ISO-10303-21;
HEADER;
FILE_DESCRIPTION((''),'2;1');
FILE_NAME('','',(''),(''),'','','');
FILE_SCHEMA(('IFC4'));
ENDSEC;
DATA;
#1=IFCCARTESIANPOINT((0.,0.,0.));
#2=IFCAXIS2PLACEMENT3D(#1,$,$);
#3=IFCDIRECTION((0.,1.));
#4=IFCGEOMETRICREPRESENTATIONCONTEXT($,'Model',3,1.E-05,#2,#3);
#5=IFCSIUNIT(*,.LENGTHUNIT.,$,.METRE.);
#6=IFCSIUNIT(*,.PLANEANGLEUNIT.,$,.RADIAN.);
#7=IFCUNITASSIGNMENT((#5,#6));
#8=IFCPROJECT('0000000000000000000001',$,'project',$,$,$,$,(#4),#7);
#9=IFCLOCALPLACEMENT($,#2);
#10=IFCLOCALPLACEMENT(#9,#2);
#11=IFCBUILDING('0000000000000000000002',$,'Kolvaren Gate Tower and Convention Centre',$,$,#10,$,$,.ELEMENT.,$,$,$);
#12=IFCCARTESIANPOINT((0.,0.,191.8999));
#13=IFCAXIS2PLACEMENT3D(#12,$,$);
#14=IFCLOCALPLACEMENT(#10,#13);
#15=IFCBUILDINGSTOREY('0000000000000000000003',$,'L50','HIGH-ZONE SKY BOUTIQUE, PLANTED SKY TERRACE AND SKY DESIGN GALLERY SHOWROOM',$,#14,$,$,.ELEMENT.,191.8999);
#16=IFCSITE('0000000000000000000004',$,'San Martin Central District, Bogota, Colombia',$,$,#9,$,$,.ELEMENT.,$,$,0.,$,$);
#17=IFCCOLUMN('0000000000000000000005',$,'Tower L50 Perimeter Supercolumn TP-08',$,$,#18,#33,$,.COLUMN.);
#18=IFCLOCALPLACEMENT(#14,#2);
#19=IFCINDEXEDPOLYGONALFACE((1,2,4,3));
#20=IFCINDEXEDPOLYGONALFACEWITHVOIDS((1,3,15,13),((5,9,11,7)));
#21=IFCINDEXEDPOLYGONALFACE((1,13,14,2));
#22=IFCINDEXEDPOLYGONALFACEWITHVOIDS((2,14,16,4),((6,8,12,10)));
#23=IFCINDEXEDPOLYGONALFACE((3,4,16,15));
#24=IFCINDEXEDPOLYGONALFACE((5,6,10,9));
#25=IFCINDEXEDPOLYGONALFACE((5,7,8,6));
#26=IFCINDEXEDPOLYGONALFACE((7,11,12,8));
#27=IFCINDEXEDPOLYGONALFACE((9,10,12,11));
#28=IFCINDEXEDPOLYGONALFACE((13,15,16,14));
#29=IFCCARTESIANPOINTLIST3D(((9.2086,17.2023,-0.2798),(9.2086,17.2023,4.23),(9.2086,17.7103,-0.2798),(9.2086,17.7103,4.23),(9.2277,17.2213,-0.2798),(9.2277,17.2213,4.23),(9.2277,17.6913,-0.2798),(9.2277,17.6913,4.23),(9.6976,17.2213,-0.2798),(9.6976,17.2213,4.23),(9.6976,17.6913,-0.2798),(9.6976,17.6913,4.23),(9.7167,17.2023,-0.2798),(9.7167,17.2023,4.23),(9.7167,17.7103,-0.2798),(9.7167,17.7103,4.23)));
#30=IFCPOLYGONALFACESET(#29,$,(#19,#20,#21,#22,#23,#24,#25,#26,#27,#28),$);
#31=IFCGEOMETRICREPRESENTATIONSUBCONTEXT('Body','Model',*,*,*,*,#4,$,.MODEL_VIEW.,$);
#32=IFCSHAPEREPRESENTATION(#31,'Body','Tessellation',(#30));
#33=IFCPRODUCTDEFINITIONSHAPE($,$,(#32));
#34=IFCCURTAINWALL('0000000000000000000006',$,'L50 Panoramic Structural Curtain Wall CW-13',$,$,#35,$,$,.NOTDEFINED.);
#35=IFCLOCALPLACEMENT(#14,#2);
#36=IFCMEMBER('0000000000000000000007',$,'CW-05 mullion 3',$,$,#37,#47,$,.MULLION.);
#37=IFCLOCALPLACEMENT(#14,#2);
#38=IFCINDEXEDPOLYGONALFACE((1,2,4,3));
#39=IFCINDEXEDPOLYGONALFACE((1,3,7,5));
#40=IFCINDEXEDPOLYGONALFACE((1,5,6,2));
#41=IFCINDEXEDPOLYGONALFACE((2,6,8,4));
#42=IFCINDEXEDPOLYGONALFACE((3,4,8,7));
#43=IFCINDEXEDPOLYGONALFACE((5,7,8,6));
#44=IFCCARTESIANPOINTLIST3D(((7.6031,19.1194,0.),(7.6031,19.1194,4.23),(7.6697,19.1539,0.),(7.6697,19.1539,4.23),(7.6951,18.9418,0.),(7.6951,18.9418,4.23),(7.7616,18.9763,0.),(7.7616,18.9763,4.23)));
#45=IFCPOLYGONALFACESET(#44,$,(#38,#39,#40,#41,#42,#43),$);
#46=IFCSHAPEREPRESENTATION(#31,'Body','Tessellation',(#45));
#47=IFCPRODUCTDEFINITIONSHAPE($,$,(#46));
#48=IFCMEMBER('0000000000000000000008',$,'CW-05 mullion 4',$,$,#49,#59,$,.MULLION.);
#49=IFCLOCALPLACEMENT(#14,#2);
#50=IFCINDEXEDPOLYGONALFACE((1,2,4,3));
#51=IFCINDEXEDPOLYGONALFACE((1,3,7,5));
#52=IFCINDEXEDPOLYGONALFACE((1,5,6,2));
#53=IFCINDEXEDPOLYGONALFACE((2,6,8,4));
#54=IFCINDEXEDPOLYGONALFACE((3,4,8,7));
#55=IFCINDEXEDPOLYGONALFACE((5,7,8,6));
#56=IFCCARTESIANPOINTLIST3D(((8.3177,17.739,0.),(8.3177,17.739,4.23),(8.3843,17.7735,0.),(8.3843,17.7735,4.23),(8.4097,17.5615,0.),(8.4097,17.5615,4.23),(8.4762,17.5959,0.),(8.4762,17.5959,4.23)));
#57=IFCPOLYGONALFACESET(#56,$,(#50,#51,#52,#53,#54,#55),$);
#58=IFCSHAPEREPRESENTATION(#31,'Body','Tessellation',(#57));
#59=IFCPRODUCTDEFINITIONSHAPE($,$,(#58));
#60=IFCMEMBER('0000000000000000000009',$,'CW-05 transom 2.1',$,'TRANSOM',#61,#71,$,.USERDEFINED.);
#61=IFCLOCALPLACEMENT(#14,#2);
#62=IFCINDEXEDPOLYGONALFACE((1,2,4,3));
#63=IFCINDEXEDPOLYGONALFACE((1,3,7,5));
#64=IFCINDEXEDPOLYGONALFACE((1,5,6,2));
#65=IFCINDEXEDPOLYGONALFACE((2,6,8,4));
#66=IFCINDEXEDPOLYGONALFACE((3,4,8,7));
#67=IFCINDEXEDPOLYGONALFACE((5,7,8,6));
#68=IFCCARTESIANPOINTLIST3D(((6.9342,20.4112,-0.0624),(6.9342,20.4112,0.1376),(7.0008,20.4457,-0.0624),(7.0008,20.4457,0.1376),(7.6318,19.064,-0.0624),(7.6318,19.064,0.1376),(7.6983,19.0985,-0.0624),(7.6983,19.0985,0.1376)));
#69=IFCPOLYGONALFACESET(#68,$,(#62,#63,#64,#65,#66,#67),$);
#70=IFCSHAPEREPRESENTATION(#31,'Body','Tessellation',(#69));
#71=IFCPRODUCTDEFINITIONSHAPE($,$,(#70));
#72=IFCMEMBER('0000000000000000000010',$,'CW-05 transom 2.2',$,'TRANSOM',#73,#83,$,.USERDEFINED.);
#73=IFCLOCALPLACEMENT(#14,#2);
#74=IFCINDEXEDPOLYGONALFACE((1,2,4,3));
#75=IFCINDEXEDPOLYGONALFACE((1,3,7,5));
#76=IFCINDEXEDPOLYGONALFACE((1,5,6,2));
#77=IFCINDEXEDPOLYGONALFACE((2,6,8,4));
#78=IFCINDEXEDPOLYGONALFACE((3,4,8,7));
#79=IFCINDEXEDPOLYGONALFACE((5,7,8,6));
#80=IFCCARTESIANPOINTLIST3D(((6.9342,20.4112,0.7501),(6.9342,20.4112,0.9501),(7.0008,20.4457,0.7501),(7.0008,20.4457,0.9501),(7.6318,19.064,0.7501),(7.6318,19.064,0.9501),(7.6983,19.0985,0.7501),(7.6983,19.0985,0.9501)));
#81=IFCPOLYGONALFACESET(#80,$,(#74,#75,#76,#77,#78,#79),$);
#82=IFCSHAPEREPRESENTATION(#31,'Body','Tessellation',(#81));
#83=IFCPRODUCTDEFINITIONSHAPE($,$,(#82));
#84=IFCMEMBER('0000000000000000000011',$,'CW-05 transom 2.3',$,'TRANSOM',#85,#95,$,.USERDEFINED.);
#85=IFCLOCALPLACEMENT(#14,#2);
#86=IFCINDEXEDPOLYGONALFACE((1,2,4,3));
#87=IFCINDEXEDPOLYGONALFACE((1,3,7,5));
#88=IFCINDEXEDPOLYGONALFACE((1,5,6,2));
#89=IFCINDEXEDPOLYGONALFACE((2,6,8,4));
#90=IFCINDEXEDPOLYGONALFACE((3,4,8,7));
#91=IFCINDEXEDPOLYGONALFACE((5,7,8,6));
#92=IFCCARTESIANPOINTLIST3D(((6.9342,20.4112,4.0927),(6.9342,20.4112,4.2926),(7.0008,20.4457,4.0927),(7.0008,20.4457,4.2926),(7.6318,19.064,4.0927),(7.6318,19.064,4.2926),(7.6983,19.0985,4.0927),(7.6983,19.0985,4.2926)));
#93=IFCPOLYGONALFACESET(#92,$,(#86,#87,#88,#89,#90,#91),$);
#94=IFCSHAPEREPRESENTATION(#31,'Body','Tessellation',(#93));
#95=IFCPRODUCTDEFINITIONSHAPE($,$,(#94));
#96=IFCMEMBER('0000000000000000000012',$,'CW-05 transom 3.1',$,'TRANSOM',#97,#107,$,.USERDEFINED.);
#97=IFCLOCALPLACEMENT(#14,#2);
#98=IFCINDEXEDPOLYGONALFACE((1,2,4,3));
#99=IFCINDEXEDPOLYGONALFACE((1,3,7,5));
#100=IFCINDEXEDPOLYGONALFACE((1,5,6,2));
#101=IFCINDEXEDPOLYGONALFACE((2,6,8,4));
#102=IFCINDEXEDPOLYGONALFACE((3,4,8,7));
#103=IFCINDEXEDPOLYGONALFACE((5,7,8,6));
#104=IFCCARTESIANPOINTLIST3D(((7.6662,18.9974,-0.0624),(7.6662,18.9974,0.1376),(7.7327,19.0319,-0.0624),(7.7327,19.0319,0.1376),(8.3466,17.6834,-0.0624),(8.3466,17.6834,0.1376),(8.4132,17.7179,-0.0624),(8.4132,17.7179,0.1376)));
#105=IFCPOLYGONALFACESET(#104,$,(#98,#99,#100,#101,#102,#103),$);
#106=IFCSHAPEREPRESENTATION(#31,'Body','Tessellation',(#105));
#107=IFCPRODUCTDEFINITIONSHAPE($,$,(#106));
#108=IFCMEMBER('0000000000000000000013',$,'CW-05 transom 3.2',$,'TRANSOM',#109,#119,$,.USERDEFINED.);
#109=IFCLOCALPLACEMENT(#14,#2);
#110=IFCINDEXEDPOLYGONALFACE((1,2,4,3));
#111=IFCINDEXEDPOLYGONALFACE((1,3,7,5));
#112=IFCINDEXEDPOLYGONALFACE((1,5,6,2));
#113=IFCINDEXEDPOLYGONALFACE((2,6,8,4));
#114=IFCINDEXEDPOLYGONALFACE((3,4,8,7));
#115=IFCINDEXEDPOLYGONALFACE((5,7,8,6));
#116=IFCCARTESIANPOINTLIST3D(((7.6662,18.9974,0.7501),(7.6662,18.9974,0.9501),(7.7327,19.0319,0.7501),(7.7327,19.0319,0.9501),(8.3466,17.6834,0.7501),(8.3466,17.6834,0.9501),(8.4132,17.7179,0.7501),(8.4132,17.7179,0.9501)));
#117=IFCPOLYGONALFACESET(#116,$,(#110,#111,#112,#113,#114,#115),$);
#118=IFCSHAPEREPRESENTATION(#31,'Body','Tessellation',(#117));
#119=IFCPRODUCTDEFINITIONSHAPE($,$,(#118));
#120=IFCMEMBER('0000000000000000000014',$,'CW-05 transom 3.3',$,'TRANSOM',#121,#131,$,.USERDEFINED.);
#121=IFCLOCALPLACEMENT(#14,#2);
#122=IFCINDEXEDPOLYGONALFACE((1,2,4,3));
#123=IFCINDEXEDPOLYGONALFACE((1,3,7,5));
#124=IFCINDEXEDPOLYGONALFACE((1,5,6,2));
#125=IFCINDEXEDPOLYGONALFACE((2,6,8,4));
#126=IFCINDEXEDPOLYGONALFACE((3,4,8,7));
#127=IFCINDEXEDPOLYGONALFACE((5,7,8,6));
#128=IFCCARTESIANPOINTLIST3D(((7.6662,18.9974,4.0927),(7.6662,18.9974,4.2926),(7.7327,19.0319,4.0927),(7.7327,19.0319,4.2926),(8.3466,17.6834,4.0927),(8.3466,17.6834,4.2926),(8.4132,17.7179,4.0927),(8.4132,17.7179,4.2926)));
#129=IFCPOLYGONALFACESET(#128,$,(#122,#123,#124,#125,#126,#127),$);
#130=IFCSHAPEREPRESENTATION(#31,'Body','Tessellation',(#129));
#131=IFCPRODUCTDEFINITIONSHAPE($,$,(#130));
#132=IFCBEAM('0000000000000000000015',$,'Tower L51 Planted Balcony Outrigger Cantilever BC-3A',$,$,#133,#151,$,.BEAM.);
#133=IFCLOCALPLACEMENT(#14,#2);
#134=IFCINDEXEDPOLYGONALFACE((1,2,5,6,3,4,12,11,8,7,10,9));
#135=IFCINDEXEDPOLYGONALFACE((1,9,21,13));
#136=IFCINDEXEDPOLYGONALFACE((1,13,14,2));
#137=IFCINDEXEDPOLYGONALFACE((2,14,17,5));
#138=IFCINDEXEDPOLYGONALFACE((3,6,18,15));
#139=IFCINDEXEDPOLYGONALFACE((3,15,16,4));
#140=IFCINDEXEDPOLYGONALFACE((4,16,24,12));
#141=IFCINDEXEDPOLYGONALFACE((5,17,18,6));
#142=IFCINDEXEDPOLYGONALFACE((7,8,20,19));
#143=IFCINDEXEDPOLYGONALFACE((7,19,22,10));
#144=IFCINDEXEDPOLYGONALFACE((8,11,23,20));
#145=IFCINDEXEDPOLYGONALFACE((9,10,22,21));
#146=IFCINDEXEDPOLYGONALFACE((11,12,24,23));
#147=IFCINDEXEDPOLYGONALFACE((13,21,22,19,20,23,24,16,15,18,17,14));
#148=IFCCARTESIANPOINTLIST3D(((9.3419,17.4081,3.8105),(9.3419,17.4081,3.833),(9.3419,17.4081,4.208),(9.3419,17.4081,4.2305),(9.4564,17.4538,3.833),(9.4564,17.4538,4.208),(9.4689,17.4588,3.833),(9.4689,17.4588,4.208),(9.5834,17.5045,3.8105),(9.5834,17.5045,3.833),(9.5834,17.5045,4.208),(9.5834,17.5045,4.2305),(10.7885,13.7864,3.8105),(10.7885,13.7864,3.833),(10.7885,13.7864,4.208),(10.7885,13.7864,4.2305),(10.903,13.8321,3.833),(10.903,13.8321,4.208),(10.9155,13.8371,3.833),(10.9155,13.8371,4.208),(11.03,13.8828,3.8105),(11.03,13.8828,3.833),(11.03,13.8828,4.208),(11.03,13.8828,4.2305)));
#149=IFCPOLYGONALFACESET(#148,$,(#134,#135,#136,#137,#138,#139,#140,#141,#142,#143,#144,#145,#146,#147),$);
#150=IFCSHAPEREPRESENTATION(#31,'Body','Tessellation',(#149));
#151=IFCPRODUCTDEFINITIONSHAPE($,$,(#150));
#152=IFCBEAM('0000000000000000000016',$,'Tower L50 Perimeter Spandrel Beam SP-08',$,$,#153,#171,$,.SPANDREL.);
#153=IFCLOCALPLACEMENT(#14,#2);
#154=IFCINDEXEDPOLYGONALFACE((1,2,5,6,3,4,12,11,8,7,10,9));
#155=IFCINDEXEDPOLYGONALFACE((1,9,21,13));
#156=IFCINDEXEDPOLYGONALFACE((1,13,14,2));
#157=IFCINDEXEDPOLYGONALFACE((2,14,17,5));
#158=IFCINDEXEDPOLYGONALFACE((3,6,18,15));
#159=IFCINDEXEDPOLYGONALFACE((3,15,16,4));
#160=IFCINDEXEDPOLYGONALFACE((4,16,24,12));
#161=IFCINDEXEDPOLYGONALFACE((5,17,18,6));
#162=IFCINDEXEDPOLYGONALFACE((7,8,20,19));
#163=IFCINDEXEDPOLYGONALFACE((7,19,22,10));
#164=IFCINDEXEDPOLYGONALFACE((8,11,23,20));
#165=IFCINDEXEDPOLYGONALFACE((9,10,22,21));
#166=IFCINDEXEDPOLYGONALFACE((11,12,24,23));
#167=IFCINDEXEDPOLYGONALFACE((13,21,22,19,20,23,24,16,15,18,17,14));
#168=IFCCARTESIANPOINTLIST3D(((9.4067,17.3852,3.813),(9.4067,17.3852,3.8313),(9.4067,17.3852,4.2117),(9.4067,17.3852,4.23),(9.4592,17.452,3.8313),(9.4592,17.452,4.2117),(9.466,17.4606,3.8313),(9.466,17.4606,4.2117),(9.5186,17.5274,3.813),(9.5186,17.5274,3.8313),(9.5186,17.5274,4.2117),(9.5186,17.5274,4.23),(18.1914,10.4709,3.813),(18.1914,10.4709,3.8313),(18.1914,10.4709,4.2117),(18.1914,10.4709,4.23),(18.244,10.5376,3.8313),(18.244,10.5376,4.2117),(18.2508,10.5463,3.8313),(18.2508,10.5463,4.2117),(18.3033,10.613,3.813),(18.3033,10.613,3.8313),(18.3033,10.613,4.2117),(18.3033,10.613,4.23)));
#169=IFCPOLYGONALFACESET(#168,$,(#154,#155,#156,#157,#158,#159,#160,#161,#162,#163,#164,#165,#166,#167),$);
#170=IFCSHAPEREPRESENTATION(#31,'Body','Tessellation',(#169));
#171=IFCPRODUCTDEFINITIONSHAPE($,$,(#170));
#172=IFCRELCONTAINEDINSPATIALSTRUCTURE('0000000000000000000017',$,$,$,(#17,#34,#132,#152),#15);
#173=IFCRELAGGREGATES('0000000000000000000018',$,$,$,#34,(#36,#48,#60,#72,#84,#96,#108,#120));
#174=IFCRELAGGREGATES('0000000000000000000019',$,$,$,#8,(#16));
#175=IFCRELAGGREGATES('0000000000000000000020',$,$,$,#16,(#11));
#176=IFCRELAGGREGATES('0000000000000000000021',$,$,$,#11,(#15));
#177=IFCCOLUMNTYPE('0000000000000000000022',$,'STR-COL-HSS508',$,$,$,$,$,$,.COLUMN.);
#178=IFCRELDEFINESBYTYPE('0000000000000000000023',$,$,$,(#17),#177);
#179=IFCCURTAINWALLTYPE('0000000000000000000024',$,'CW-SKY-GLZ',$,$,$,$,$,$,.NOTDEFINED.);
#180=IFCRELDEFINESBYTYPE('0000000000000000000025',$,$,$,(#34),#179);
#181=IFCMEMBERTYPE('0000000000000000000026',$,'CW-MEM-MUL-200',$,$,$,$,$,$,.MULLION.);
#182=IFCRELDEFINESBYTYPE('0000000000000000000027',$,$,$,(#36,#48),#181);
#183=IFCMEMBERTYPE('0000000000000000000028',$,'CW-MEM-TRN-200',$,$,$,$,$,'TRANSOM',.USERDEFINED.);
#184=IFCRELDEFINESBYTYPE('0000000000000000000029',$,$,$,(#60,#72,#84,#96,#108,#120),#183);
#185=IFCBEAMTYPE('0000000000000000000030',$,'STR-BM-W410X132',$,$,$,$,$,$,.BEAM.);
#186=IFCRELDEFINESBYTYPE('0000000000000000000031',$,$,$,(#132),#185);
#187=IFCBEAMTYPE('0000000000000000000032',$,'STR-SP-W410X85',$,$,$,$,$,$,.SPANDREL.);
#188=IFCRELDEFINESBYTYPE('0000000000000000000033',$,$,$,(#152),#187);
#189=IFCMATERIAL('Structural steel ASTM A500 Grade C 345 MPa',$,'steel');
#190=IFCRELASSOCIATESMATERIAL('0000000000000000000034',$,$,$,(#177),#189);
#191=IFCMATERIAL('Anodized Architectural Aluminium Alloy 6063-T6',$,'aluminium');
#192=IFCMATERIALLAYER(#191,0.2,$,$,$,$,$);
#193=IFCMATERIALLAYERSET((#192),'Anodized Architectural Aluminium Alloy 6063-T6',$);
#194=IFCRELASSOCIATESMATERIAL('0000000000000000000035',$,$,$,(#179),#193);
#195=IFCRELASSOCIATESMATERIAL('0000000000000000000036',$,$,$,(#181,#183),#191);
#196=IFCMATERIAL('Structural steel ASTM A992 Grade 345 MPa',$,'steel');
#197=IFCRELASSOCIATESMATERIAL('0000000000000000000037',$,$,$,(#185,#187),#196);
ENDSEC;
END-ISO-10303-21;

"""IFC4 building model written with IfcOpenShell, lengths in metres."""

from ifc_helpers import new_model, si_unit, direction, frame, origin, origin_2d, place, context, subcontext, project, spatial, rectangle, hollow_rectangle, i_section, extrude, material, layer, layer_set, material_profile, profile_set, type_object, element, aggregate, save


model = new_model("IFC4")

# Units and contexts
model_context = context("Model", 3, precision=1e-05, world=origin(), true_north=direction((0.0, 1.0)))
body_context = subcontext(model_context, "Body", "Model", "MODEL_VIEW")
ifc_project = project(units=[si_unit("LENGTHUNIT", "METRE"), si_unit("PLANEANGLEUNIT", "RADIAN")], contexts=[model_context])

# Site, building, storey
site_placement = place(None, origin())
site = spatial("IfcSite", under=ifc_project, at=site_placement, Name="San Martin Central District, Bogota, Colombia", CompositionType="ELEMENT", RefElevation=0.0)
building_placement = place(site_placement, origin())
building = spatial("IfcBuilding", under=site, at=building_placement, Name="Kolvaren Gate Tower and Convention Centre", CompositionType="ELEMENT")
storey_placement = place(building_placement, frame((0.0, 0.0, 191.8999)))
storey = spatial("IfcBuildingStorey", under=building, at=storey_placement, Name="L50", Description="HIGH-ZONE SKY BOUTIQUE, PLANTED SKY TERRACE AND SKY DESIGN GALLERY SHOWROOM", CompositionType="ELEMENT", Elevation=191.8999)

# Column
ifc_material_1 = material(Name="Structural steel ASTM A500 Grade C 345 MPa", Category="steel")
ifc_material_profile_1 = material_profile(ifc_material_1, hollow_rectangle(XDim=0.5081, YDim=0.5081, WallThickness=0.019, at=origin_2d()), Name="HSS508X508X19.1")
ifc_profile_set_1 = profile_set([ifc_material_profile_1], Name="Structural steel ASTM A500 Grade C 345 MPa")
column_type = type_object("IfcColumnType", Name="STR-COL-HSS508", PredefinedType="COLUMN", material=ifc_profile_set_1)
column_placement = place(storey_placement, frame((9.4626, 17.4563, -0.2798), z_axis=(0.0, 0.0, 1.0), x_axis=(1.0, 0.0, 0.0)))
element("IfcColumn", 1, at=column_placement, inside=storey, type_object=column_type, Name="Tower L50 Perimeter Supercolumn TP-08", PredefinedType="COLUMN", context=body_context, shape_type="SweptSolid", body=[
    extrude(hollow_rectangle(XDim=0.5081, YDim=0.5081, WallThickness=0.019, at=origin_2d()), origin(), (0.0, 0.0, 1.0), 4.5098),
])

# Curtain wall, members
ifc_material_2 = material(Name="Anodized Architectural Aluminium Alloy 6063-T6", Category="aluminium")
ifc_layer_1 = layer(ifc_material_2, 0.2)
ifc_layer_set_1 = layer_set([ifc_layer_1], Name="Anodized Architectural Aluminium Alloy 6063-T6")
curtain_wall_type = type_object("IfcCurtainWallType", Name="CW-SKY-GLZ", PredefinedType="NOTDEFINED", material=ifc_layer_set_1)
curtain_wall_placement = place(storey_placement, origin())
curtain_wall = element("IfcCurtainWall", 2, at=curtain_wall_placement, inside=storey, type_object=curtain_wall_type, Name="L50 Panoramic Structural Curtain Wall CW-13", PredefinedType="NOTDEFINED")
ifc_material_profile_2 = material_profile(ifc_material_2, rectangle(XDim=0.075, YDim=0.2, at=origin_2d()), Name="CW-MEM-MUL-200")
ifc_profile_set_2 = profile_set([ifc_material_profile_2], Name="Anodized Architectural Aluminium Alloy 6063-T6")
member_type_1 = type_object("IfcMemberType", Name="CW-MEM-MUL-200", PredefinedType="MULLION", material=ifc_profile_set_2)
member_1_placement = place(storey_placement, frame((7.6824, 19.0479, 0.0), z_axis=(0.0, 0.0, 1.0), x_axis=(0.888023, 0.459799, 0.0)))
member_1 = element("IfcMember", 3, at=member_1_placement, type_object=member_type_1, Name="CW-05 mullion 3", PredefinedType="MULLION", context=body_context, shape_type="SweptSolid", body=[
    extrude(rectangle(XDim=0.075, YDim=0.2, at=origin_2d()), origin(), (0.0, 0.0, 1.0), 4.23),
])
member_2_placement = place(storey_placement, frame((8.397, 17.6675, 0.0), z_axis=(0.0, 0.0, 1.0), x_axis=(0.888023, 0.459799, 0.0)))
member_2 = element("IfcMember", 4, at=member_2_placement, type_object=member_type_1, Name="CW-05 mullion 4", PredefinedType="MULLION", context=body_context, shape_type="SweptSolid", body=[
    extrude(rectangle(XDim=0.075, YDim=0.2, at=origin_2d()), origin(), (0.0, 0.0, 1.0), 4.23),
])
ifc_material_profile_3 = material_profile(ifc_material_2, rectangle(XDim=0.075, YDim=0.2, at=origin_2d()), Name="CW-MEM-TRN-200")
ifc_profile_set_3 = profile_set([ifc_material_profile_3], Name="Anodized Architectural Aluminium Alloy 6063-T6")
member_type_2 = type_object("IfcMemberType", Name="CW-MEM-TRN-200", ElementType="TRANSOM", PredefinedType="USERDEFINED", material=ifc_profile_set_3)
member_3_placement = place(storey_placement, frame((6.9675, 20.4285, 0.0376), z_axis=(0.459786, -0.88803, 0.0), x_axis=(0.88803, 0.459786, 0.0)))
member_3 = element("IfcMember", 5, at=member_3_placement, type_object=member_type_2, Name="CW-05 transom 2.1", ObjectType="TRANSOM", PredefinedType="USERDEFINED", context=body_context, shape_type="SweptSolid", body=[
    extrude(rectangle(XDim=0.075, YDim=0.2, at=origin_2d()), origin(), (0.0, 0.0, 1.0), 1.5171),
])
member_4_placement = place(storey_placement, frame((6.9675, 20.4285, 0.8501), z_axis=(0.459786, -0.88803, 0.0), x_axis=(0.88803, 0.459786, 0.0)))
member_4 = element("IfcMember", 6, at=member_4_placement, type_object=member_type_2, Name="CW-05 transom 2.2", ObjectType="TRANSOM", PredefinedType="USERDEFINED", context=body_context, shape_type="SweptSolid", body=[
    extrude(rectangle(XDim=0.075, YDim=0.2, at=origin_2d()), origin(), (0.0, 0.0, 1.0), 1.5171),
])
member_5_placement = place(storey_placement, frame((6.9675, 20.4285, 4.1926), z_axis=(0.459786, -0.88803, 0.0), x_axis=(0.88803, 0.459786, 0.0)))
member_5 = element("IfcMember", 7, at=member_5_placement, type_object=member_type_2, Name="CW-05 transom 2.3", ObjectType="TRANSOM", PredefinedType="USERDEFINED", context=body_context, shape_type="SweptSolid", body=[
    extrude(rectangle(XDim=0.075, YDim=0.2, at=origin_2d()), origin(), (0.0, 0.0, 1.0), 1.5171),
])
member_6_placement = place(storey_placement, frame((7.6995, 19.0146, 0.0376), z_axis=(0.45984, -0.888002, 0.0), x_axis=(0.888002, 0.45984, 0.0)))
member_6 = element("IfcMember", 8, at=member_6_placement, type_object=member_type_2, Name="CW-05 transom 3.1", ObjectType="TRANSOM", PredefinedType="USERDEFINED", context=body_context, shape_type="SweptSolid", body=[
    extrude(rectangle(XDim=0.075, YDim=0.2, at=origin_2d()), origin(), (0.0, 0.0, 1.0), 1.4797),
])
member_7_placement = place(storey_placement, frame((7.6995, 19.0146, 0.8501), z_axis=(0.45984, -0.888002, 0.0), x_axis=(0.888002, 0.45984, 0.0)))
member_7 = element("IfcMember", 9, at=member_7_placement, type_object=member_type_2, Name="CW-05 transom 3.2", ObjectType="TRANSOM", PredefinedType="USERDEFINED", context=body_context, shape_type="SweptSolid", body=[
    extrude(rectangle(XDim=0.075, YDim=0.2, at=origin_2d()), origin(), (0.0, 0.0, 1.0), 1.4797),
])
member_8_placement = place(storey_placement, frame((7.6995, 19.0146, 4.1926), z_axis=(0.45984, -0.888002, 0.0), x_axis=(0.888002, 0.45984, 0.0)))
member_8 = element("IfcMember", 10, at=member_8_placement, type_object=member_type_2, Name="CW-05 transom 3.3", ObjectType="TRANSOM", PredefinedType="USERDEFINED", context=body_context, shape_type="SweptSolid", body=[
    extrude(rectangle(XDim=0.075, YDim=0.2, at=origin_2d()), origin(), (0.0, 0.0, 1.0), 1.4797),
])

# Beams
ifc_material_3 = material(Name="Structural steel ASTM A992 Grade 345 MPa", Category="steel")
ifc_material_profile_4 = material_profile(ifc_material_3, i_section(OverallWidth=0.26, OverallDepth=0.4199, WebThickness=0.0134, FlangeThickness=0.0225, at=origin_2d()), Name="W410X132")
ifc_profile_set_4 = profile_set([ifc_material_profile_4], Name="Structural steel ASTM A992 Grade 345 MPa")
beam_type_1 = type_object("IfcBeamType", Name="STR-BM-W410X132", PredefinedType="BEAM", material=ifc_profile_set_4)
beam_1_placement = place(storey_placement, frame((9.4626, 17.4563, 4.0205), z_axis=(0.370926, -0.928662, 0.0), x_axis=(0.928662, 0.370926, 0.0)))
element("IfcBeam", 11, at=beam_1_placement, inside=storey, type_object=beam_type_1, Name="Tower L51 Planted Balcony Outrigger Cantilever BC-3A", PredefinedType="BEAM", context=body_context, shape_type="SweptSolid", body=[
    extrude(i_section(OverallWidth=0.26, OverallDepth=0.4199, WebThickness=0.0134, FlangeThickness=0.0225, at=origin_2d()), origin(), (0.0, 0.0, 1.0), 3.8999),
])
ifc_material_profile_5 = material_profile(ifc_material_3, i_section(OverallWidth=0.1809, OverallDepth=0.417, WebThickness=0.011, FlangeThickness=0.0183, at=origin_2d()), Name="W410X85")
ifc_profile_set_5 = profile_set([ifc_material_profile_5], Name="Structural steel ASTM A992 Grade 345 MPa")
beam_type_2 = type_object("IfcBeamType", Name="STR-SP-W410X85", PredefinedType="SPANDREL", material=ifc_profile_set_5)
beam_2_placement = place(storey_placement, frame((9.4626, 17.4563, 4.0215), z_axis=(0.785794, -0.618489, 0.0), x_axis=(0.618489, 0.785794, 0.0)))
element("IfcBeam", 12, at=beam_2_placement, inside=storey, type_object=beam_type_2, Name="Tower L50 Perimeter Spandrel Beam SP-08", PredefinedType="SPANDREL", context=body_context, shape_type="SweptSolid", body=[
    extrude(i_section(OverallWidth=0.1809, OverallDepth=0.417, WebThickness=0.011, FlangeThickness=0.0183, at=origin_2d()), origin(), (0.0, 0.0, 1.0), 11.1794),
])

aggregate(curtain_wall, [member_1, member_2, member_3, member_4, member_5, member_6, member_7, member_8])

save(model, "model.ifc")
